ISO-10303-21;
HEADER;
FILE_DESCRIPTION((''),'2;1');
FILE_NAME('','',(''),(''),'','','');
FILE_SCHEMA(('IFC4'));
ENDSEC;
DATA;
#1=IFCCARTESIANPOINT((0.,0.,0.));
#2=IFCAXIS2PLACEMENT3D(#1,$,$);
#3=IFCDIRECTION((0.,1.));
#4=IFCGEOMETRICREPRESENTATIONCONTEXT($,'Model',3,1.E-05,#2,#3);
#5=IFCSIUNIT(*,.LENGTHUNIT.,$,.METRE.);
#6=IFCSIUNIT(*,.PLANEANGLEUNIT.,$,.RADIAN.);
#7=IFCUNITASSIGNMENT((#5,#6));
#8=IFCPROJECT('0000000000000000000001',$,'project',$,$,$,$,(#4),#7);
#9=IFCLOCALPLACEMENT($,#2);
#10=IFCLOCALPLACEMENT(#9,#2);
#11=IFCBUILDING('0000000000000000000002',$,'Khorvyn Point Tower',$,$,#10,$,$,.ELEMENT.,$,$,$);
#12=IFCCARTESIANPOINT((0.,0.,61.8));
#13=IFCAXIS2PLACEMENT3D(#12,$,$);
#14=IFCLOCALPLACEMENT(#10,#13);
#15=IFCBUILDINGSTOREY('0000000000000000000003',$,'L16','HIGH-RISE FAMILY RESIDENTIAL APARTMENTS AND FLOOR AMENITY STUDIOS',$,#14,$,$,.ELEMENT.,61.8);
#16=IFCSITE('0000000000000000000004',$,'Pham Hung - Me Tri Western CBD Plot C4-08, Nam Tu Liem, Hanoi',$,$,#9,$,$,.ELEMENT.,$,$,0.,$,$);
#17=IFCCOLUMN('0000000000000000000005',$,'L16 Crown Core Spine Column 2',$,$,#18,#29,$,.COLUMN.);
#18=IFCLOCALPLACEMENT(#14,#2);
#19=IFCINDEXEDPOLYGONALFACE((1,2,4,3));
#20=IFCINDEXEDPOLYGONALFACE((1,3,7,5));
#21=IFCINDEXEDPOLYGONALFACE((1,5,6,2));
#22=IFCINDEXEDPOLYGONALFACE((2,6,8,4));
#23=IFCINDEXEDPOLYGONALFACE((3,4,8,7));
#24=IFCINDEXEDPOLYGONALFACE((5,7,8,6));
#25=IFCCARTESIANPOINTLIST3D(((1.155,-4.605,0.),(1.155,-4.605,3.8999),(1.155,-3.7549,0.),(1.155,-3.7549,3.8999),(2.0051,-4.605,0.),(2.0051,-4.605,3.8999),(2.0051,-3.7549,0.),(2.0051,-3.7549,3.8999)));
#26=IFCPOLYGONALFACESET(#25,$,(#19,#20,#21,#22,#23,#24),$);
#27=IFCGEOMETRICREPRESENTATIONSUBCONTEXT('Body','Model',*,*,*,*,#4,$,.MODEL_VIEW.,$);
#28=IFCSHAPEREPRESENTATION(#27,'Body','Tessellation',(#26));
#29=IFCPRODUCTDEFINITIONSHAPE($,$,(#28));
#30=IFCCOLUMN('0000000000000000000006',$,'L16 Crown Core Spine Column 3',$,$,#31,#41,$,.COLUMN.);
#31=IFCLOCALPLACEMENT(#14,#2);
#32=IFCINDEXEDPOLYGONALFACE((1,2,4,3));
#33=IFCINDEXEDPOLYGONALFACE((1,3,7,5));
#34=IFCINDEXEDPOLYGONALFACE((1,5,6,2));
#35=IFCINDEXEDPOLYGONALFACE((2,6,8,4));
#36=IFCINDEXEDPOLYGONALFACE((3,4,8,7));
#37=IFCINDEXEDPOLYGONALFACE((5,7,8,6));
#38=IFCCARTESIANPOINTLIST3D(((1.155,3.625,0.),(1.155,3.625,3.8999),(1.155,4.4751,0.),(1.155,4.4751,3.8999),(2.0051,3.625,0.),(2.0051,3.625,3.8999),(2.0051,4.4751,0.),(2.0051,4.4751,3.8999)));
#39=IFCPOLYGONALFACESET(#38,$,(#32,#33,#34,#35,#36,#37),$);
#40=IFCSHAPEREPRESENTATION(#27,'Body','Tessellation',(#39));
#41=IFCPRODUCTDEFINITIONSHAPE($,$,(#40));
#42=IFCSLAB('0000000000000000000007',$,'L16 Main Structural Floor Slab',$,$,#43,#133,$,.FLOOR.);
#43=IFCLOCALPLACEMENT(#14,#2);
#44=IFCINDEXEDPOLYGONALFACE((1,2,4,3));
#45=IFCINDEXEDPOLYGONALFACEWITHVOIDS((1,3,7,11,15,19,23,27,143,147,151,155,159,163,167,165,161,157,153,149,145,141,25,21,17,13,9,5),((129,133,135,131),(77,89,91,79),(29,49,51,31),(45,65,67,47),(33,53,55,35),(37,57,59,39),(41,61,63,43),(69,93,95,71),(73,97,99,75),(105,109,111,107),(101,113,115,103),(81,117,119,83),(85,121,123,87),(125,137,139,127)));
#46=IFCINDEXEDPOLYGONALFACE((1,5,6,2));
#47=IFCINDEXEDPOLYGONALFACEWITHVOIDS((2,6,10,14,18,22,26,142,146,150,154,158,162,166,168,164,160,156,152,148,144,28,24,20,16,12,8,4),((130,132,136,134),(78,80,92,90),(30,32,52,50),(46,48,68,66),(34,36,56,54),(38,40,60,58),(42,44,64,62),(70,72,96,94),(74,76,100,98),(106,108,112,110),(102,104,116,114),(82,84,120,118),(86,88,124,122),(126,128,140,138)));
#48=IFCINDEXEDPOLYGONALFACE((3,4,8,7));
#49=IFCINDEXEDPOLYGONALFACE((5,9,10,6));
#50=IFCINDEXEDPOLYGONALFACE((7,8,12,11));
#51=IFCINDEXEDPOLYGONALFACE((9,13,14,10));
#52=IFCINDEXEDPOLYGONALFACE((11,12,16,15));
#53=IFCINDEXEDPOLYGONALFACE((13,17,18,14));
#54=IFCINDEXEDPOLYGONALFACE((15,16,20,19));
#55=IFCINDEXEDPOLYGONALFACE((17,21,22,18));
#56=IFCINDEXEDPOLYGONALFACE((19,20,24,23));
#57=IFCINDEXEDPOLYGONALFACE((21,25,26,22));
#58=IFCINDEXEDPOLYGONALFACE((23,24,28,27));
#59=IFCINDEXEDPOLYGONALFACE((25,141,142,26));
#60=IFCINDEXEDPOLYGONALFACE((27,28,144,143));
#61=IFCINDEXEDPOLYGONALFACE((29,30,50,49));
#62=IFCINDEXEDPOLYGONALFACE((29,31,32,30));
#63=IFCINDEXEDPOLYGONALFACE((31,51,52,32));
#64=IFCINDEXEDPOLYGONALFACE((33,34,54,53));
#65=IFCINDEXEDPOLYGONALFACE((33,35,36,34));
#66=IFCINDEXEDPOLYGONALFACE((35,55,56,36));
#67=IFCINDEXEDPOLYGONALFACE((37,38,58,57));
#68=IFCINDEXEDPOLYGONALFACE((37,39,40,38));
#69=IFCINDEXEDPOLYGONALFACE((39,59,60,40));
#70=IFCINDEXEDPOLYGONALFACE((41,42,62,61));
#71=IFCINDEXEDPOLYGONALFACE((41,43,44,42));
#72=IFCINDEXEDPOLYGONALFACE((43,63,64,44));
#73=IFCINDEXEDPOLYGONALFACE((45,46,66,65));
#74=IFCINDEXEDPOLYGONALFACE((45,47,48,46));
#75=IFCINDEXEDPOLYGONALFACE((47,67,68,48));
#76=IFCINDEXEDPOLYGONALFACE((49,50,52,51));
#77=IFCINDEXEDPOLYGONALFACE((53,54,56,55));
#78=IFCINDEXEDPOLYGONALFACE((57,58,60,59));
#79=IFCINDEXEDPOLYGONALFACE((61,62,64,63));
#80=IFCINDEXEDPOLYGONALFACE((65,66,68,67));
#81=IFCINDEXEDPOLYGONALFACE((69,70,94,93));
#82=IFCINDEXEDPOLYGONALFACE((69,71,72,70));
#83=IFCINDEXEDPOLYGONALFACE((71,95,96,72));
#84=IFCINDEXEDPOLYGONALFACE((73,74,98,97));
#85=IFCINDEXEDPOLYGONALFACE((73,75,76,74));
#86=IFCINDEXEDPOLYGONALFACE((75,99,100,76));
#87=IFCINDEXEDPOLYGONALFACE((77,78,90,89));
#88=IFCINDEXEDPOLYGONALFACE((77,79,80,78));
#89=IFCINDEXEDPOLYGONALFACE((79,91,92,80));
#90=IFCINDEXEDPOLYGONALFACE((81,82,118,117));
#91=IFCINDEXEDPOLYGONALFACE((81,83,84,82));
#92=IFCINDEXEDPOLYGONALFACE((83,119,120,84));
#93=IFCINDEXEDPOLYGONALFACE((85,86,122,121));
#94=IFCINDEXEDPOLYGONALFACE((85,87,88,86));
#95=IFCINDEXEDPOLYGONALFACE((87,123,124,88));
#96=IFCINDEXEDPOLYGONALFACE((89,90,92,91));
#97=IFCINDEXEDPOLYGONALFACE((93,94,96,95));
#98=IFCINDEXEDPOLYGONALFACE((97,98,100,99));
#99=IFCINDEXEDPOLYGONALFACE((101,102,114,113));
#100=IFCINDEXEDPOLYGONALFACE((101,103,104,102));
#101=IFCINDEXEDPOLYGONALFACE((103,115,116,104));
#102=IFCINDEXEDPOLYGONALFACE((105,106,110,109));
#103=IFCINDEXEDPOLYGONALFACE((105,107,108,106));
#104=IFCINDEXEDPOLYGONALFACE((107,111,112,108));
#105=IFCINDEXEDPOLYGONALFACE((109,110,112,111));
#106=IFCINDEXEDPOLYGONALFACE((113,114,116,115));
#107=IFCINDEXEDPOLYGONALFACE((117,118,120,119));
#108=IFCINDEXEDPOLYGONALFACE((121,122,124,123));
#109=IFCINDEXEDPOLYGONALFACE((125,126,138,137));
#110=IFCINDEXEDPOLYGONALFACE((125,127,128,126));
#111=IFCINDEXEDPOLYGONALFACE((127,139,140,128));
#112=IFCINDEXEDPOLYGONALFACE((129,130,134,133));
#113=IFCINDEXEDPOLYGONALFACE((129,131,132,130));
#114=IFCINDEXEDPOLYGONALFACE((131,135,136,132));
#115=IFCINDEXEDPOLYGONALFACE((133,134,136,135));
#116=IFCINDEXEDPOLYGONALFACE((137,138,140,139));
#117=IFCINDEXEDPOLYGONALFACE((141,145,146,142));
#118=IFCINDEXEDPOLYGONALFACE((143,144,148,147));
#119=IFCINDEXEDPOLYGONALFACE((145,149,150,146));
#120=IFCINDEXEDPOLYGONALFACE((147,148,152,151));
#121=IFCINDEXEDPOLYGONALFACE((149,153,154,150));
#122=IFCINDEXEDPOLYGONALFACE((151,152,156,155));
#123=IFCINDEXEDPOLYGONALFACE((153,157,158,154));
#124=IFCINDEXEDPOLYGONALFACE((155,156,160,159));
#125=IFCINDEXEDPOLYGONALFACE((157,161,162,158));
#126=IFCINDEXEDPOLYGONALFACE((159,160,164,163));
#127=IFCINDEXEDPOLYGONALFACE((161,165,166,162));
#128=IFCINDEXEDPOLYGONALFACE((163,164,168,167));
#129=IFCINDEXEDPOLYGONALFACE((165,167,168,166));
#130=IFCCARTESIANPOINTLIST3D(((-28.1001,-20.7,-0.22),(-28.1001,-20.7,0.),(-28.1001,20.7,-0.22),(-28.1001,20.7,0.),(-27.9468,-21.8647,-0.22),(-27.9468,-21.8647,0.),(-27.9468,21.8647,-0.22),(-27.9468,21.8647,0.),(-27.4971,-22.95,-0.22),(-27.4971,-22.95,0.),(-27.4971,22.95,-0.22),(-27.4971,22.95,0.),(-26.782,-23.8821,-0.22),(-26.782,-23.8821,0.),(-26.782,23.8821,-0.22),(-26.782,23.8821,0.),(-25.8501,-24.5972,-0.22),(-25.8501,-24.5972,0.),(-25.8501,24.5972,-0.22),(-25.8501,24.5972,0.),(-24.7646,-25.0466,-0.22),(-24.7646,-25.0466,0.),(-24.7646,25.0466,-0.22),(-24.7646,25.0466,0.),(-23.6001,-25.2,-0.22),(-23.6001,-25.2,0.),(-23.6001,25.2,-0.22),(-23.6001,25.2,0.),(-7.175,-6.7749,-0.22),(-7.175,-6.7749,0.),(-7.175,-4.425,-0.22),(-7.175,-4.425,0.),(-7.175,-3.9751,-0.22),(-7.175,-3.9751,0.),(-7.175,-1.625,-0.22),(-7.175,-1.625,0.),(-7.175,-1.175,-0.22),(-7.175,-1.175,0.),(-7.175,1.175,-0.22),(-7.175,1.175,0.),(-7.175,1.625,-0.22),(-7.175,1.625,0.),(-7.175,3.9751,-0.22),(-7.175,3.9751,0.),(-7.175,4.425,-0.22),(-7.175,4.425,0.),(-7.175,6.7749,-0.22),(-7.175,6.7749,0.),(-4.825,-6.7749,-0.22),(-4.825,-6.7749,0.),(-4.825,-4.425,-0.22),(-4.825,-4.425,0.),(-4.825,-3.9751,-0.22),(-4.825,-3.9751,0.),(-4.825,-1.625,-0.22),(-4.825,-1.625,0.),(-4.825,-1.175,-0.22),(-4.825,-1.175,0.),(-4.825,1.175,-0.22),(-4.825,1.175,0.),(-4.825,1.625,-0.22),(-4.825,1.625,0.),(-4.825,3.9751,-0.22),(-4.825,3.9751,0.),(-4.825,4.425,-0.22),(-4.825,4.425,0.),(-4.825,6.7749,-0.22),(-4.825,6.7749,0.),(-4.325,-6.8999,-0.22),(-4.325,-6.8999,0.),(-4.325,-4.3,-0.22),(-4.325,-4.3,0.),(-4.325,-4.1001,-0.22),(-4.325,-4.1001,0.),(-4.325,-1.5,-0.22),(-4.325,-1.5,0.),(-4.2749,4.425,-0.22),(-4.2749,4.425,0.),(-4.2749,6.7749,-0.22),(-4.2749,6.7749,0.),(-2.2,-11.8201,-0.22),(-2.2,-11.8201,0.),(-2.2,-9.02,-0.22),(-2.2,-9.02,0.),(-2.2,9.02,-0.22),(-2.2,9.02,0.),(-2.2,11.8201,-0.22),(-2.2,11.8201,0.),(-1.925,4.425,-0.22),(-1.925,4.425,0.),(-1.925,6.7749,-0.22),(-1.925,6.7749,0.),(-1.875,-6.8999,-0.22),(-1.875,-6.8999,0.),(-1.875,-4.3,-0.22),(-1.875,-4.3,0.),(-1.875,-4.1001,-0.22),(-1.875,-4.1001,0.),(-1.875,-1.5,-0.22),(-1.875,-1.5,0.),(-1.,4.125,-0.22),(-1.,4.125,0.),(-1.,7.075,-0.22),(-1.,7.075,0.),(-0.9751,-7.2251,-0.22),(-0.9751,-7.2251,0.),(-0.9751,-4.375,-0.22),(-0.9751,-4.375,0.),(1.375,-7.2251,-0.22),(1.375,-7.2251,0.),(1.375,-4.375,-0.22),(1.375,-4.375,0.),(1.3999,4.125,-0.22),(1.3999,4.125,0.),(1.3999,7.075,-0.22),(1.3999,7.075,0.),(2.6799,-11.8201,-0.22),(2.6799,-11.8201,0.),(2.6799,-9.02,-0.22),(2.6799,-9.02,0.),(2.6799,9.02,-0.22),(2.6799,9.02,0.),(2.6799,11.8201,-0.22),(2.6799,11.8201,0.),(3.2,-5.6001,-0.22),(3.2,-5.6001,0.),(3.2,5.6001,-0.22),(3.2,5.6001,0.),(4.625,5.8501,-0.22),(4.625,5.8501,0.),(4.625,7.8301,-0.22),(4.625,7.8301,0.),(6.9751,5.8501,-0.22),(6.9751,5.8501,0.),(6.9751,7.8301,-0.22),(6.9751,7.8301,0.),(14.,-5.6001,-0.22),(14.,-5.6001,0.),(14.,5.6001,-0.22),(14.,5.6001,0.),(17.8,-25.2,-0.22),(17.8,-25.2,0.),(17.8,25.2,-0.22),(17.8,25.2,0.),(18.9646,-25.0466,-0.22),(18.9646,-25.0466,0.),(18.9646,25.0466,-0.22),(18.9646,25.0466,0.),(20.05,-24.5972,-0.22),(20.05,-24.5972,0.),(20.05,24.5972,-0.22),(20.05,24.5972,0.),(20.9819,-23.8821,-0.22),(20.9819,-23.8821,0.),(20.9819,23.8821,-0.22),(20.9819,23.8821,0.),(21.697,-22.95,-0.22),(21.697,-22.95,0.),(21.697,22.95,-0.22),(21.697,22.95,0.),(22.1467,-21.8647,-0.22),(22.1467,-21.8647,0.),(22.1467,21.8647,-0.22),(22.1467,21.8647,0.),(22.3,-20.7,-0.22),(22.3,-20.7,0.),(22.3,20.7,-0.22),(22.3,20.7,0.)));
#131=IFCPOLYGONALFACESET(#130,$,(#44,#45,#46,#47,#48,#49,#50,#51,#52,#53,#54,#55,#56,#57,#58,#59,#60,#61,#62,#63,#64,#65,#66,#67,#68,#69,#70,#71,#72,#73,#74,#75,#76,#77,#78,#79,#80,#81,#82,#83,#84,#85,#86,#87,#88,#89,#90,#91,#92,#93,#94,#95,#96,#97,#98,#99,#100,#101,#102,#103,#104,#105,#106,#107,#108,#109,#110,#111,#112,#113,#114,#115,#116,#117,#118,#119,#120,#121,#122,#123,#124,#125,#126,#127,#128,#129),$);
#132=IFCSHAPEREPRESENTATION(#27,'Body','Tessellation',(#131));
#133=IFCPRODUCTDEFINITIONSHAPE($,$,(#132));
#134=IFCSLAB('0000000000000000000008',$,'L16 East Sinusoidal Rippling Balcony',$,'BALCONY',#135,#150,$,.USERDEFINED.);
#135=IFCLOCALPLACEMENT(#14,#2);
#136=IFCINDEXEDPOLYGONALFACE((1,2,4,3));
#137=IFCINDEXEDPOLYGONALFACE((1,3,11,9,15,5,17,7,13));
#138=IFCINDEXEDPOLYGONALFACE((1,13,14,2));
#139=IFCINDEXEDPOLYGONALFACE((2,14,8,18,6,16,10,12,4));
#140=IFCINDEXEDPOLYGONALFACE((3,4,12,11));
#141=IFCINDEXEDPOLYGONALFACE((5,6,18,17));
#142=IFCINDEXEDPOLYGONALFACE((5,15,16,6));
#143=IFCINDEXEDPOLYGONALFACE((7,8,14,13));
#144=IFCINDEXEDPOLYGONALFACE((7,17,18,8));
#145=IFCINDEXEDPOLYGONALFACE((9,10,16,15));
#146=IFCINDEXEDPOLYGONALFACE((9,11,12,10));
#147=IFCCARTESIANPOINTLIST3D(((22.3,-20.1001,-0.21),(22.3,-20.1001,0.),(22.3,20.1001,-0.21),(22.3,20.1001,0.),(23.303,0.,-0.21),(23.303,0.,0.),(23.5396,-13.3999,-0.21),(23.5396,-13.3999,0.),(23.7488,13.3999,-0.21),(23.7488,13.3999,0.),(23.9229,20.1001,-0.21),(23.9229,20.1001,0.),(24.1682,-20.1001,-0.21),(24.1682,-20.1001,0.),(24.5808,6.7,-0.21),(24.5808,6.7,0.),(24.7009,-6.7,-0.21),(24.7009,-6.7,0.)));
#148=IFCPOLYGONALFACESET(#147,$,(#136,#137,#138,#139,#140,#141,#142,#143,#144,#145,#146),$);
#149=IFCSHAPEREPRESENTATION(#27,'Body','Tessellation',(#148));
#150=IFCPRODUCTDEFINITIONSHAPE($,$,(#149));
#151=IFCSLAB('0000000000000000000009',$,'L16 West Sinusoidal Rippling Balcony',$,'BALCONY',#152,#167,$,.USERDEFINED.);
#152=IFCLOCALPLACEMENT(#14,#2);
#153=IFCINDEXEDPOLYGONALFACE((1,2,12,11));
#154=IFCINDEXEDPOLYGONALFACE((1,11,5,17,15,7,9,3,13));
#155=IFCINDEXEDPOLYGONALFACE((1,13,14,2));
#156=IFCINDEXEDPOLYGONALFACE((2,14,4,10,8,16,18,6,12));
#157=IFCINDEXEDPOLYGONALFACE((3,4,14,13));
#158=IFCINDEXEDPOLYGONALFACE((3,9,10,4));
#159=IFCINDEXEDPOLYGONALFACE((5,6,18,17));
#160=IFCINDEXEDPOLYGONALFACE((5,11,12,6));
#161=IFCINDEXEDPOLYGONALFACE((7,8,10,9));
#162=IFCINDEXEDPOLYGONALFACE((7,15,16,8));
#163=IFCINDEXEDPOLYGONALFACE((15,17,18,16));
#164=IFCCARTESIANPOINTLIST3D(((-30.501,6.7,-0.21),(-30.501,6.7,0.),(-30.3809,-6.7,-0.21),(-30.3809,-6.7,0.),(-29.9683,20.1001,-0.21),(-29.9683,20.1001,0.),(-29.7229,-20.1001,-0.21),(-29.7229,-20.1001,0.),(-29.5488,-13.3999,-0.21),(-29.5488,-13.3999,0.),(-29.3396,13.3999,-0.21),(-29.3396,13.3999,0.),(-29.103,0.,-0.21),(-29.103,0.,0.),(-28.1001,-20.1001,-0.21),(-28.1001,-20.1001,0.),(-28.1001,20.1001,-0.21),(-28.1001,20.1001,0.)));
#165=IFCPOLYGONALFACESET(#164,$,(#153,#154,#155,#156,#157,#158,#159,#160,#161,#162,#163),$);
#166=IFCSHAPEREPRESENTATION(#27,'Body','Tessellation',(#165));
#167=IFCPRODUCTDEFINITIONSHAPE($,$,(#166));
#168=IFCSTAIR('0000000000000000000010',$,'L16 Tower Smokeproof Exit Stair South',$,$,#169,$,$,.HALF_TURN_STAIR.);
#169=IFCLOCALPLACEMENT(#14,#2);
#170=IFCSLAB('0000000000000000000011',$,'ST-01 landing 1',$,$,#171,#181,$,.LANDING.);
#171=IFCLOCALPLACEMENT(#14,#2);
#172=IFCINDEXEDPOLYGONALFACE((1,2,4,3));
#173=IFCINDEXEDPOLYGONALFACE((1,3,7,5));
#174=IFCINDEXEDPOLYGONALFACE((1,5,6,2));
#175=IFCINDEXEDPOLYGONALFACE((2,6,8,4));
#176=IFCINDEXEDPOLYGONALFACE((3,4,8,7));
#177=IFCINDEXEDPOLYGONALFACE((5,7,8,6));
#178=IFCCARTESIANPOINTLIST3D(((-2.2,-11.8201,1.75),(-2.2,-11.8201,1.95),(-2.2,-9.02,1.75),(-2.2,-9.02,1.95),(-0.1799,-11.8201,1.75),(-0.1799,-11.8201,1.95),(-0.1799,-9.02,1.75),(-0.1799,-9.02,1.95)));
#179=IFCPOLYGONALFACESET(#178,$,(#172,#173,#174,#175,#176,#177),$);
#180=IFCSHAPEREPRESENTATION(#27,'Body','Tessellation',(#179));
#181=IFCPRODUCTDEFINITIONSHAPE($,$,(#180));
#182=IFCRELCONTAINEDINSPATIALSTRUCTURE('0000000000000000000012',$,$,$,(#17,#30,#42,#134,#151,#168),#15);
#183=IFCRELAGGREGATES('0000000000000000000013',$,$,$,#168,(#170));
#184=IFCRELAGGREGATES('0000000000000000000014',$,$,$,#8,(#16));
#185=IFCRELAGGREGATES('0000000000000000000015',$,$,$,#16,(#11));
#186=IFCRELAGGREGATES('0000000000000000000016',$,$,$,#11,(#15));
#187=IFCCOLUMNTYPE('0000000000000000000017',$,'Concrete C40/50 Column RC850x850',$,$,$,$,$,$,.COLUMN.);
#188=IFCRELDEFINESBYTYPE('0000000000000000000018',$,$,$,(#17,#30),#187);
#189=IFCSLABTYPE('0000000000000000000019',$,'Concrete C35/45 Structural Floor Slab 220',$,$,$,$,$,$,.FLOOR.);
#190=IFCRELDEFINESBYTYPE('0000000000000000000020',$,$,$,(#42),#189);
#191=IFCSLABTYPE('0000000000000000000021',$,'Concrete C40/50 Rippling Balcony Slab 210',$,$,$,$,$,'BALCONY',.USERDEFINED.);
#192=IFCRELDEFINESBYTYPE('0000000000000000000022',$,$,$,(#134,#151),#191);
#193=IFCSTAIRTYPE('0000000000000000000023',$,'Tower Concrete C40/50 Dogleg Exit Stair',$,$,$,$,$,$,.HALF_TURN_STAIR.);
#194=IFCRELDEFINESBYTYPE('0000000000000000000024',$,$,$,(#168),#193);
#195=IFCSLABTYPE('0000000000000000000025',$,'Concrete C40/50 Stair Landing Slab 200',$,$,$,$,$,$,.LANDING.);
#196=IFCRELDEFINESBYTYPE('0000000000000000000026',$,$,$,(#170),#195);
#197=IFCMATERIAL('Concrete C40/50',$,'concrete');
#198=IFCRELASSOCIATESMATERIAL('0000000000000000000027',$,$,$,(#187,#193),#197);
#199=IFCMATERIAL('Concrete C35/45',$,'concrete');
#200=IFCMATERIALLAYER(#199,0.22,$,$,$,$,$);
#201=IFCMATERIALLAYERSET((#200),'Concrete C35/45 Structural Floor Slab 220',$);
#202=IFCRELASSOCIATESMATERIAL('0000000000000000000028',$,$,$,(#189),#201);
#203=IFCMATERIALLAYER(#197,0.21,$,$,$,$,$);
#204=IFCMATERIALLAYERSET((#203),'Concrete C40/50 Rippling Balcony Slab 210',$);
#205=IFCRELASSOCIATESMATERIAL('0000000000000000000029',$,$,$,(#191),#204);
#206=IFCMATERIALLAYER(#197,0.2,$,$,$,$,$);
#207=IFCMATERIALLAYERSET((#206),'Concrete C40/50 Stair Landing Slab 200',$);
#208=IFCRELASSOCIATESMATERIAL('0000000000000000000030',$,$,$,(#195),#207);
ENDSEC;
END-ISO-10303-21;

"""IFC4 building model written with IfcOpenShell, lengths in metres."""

from ifc_helpers import new_model, si_unit, direction, frame, origin, origin_2d, place, context, subcontext, project, spatial, polyline, rectangle, outline, extrude, material, layer, layer_set, material_profile, profile_set, type_object, element, aggregate, save


model = new_model("IFC4")

# Units and contexts
model_context = context("Model", 3, precision=1e-05, world=origin(), true_north=direction((0.0, 1.0)))
body_context = subcontext(model_context, "Body", "Model", "MODEL_VIEW")
ifc_project = project(units=[si_unit("LENGTHUNIT", "METRE"), si_unit("PLANEANGLEUNIT", "RADIAN")], contexts=[model_context])

# Site, building, storey
site_placement = place(None, origin())
site = spatial("IfcSite", under=ifc_project, at=site_placement, Name="Pham Hung - Me Tri Western CBD Plot C4-08, Nam Tu Liem, Hanoi", CompositionType="ELEMENT", RefElevation=0.0)
building_placement = place(site_placement, origin())
building = spatial("IfcBuilding", under=site, at=building_placement, Name="Khorvyn Point Tower", CompositionType="ELEMENT")
storey_placement = place(building_placement, frame((0.0, 0.0, 61.8)))
storey = spatial("IfcBuildingStorey", under=building, at=storey_placement, Name="L16", Description="HIGH-RISE FAMILY RESIDENTIAL APARTMENTS AND FLOOR AMENITY STUDIOS", CompositionType="ELEMENT", Elevation=61.8)

# Columns
ifc_material_1 = material(Name="Concrete C40/50", Category="concrete")
ifc_material_profile = material_profile(ifc_material_1, rectangle(XDim=0.8501, YDim=0.8501, at=origin_2d()))
ifc_profile_set = profile_set([ifc_material_profile], Name="Concrete C40/50 RC850x850")
column_type = type_object("IfcColumnType", Name="Concrete C40/50 Column RC850x850", PredefinedType="COLUMN", material=ifc_profile_set)
for number, where, z_axis, x_axis, name in (
    (1, (1.5801, -4.1799, 0.0), (0.0, 0.0, 1.0), (1.0, 0.0, 0.0), "L16 Crown Core Spine Column 2"),
    (2, (1.5801, 4.05, 0.0), (0.0, 0.0, 1.0), (1.0, 0.0, 0.0), "L16 Crown Core Spine Column 3"),
):
    element("IfcColumn", number, at=place(storey_placement, frame(where, z_axis=z_axis, x_axis=x_axis)), inside=storey, type_object=column_type, Name=name, PredefinedType="COLUMN", context=body_context, shape_type="SweptSolid", body=[
        extrude(rectangle(XDim=0.8501, YDim=0.8501, at=origin_2d()), origin(), (0.0, 0.0, 1.0), 3.8999),
    ])

# Slabs
ifc_material_2 = material(Name="Concrete C35/45", Category="concrete")
ifc_layer_1 = layer(ifc_material_2, 0.22)
ifc_layer_set_1 = layer_set([ifc_layer_1], Name="Concrete C35/45 Structural Floor Slab 220")
slab_type_1 = type_object("IfcSlabType", Name="Concrete C35/45 Structural Floor Slab 220", PredefinedType="FLOOR", material=ifc_layer_set_1)
slab_1_placement = place(storey_placement, frame((0.0, 0.0, -0.22)))
element("IfcSlab", 3, at=slab_1_placement, inside=storey, type_object=slab_type_1, Name="L16 Main Structural Floor Slab", PredefinedType="FLOOR", context=body_context, shape_type="SweptSolid", body=[
    extrude(outline(polyline([(-23.6001, -25.2), (-24.7646, -25.0466), (-25.8501, -24.5972), (-26.782, -23.8821), (-27.4971, -22.95), (-27.9468, -21.8647), (-28.1001, -20.7), (-28.1001, 20.7), (-27.9468, 21.8647), (-27.4971, 22.95), (-26.782, 23.8821), (-25.8501, 24.5972), (-24.7646, 25.0466), (-23.6001, 25.2), (17.8, 25.2), (18.9646, 25.0466), (20.05, 24.5972), (20.9819, 23.8821), (21.697, 22.95), (22.1467, 21.8647), (22.3, 20.7), (22.3, -20.7), (22.1467, -21.8647), (21.697, -22.95), (20.9819, -23.8821), (20.05, -24.5972), (18.9646, -25.0466), (17.8, -25.2), (-23.6001, -25.2)]), holes=[polyline([(-4.825, -6.7749), (-4.825, -4.425), (-7.175, -4.425), (-7.175, -6.7749), (-4.825, -6.7749)]), polyline([(-4.325, -6.8999), (-1.875, -6.8999), (-1.875, -4.3), (-4.325, -4.3), (-4.325, -6.8999)]), polyline([(-7.175, -3.9751), (-4.825, -3.9751), (-4.825, -1.625), (-7.175, -1.625), (-7.175, -3.9751)]), polyline([(-7.175, -1.175), (-4.825, -1.175), (-4.825, 1.175), (-7.175, 1.175), (-7.175, -1.175)]), polyline([(-7.175, 1.625), (-4.825, 1.625), (-4.825, 3.9751), (-7.175, 3.9751), (-7.175, 1.625)]), polyline([(-7.175, 4.425), (-4.825, 4.425), (-4.825, 6.7749), (-7.175, 6.7749), (-7.175, 4.425)]), polyline([(-4.2749, 4.425), (-1.925, 4.425), (-1.925, 6.7749), (-4.2749, 6.7749), (-4.2749, 4.425)]), polyline([(2.6799, -11.8201), (2.6799, -9.02), (-2.2, -9.02), (-2.2, -11.8201), (2.6799, -11.8201)]), polyline([(-0.9751, -7.2251), (1.375, -7.2251), (1.375, -4.375), (-0.9751, -4.375), (-0.9751, -7.2251)]), polyline([(-4.325, -4.1001), (-1.875, -4.1001), (-1.875, -1.5), (-4.325, -1.5), (-4.325, -4.1001)]), polyline([(3.2, -5.6001), (14.0, -5.6001), (14.0, 5.6001), (3.2, 5.6001), (3.2, -5.6001)]), polyline([(-1.0, 4.125), (1.3999, 4.125), (1.3999, 7.075), (-1.0, 7.075), (-1.0, 4.125)]), polyline([(4.625, 5.8501), (6.9751, 5.8501), (6.9751, 7.8301), (4.625, 7.8301), (4.625, 5.8501)]), polyline([(-2.2, 9.02), (2.6799, 9.02), (2.6799, 11.8201), (-2.2, 11.8201), (-2.2, 9.02)])]), origin(), (0.0, 0.0, 1.0), 0.22),
])
ifc_layer_2 = layer(ifc_material_1, 0.21)
ifc_layer_set_2 = layer_set([ifc_layer_2], Name="Concrete C40/50 Rippling Balcony Slab 210")
slab_type_2 = type_object("IfcSlabType", Name="Concrete C40/50 Rippling Balcony Slab 210", ElementType="BALCONY", PredefinedType="USERDEFINED", material=ifc_layer_set_2)
slab_2_placement = place(storey_placement, frame((0.0, 0.0, -0.21)))
element("IfcSlab", 4, at=slab_2_placement, inside=storey, type_object=slab_type_2, Name="L16 East Sinusoidal Rippling Balcony", ObjectType="BALCONY", PredefinedType="USERDEFINED", context=body_context, shape_type="SweptSolid", body=[
    extrude(outline(polyline([(22.3, -20.1001), (24.1682, -20.1001), (23.5396, -13.3999), (24.7009, -6.7), (23.303, 0.0), (24.5808, 6.7), (23.7488, 13.3999), (23.9229, 20.1001), (22.3, 20.1001), (22.3, -20.1001)])), origin(), (0.0, 0.0, 1.0), 0.21),
])
slab_3_placement = place(storey_placement, frame((0.0, 0.0, -0.21)))
element("IfcSlab", 5, at=slab_3_placement, inside=storey, type_object=slab_type_2, Name="L16 West Sinusoidal Rippling Balcony", ObjectType="BALCONY", PredefinedType="USERDEFINED", context=body_context, shape_type="SweptSolid", body=[
    extrude(outline(polyline([(-28.1001, 20.1001), (-29.9683, 20.1001), (-29.3396, 13.3999), (-30.501, 6.7), (-29.103, 0.0), (-30.3809, -6.7), (-29.5488, -13.3999), (-29.7229, -20.1001), (-28.1001, -20.1001), (-28.1001, 20.1001)])), origin(), (0.0, 0.0, 1.0), 0.21),
])

# Stair, slab
stair_type = type_object("IfcStairType", Name="Tower Concrete C40/50 Dogleg Exit Stair", PredefinedType="HALF_TURN_STAIR", material=ifc_material_1)
stair_1_placement = place(storey_placement, origin())
stair_1 = element("IfcStair", 6, at=stair_1_placement, inside=storey, type_object=stair_type, Name="L16 Tower Smokeproof Exit Stair South", PredefinedType="HALF_TURN_STAIR")
ifc_layer_3 = layer(ifc_material_1, 0.2)
ifc_layer_set_3 = layer_set([ifc_layer_3], Name="Concrete C40/50 Stair Landing Slab 200")
slab_type_3 = type_object("IfcSlabType", Name="Concrete C40/50 Stair Landing Slab 200", PredefinedType="LANDING", material=ifc_layer_set_3)
slab_4_placement = place(storey_placement, frame((0.0, 0.0, 1.75)))
slab_4 = element("IfcSlab", 7, at=slab_4_placement, type_object=slab_type_3, Name="ST-01 landing 1", PredefinedType="LANDING", context=body_context, shape_type="SweptSolid", body=[
    extrude(outline(polyline([(-0.1799, -9.02), (-2.2, -9.02), (-2.2, -11.8201), (-0.1799, -11.8201), (-0.1799, -9.02)])), origin(), (0.0, 0.0, 1.0), 0.2),
])
aggregate(stair_1, [slab_4])

save(model, "model.ifc")
